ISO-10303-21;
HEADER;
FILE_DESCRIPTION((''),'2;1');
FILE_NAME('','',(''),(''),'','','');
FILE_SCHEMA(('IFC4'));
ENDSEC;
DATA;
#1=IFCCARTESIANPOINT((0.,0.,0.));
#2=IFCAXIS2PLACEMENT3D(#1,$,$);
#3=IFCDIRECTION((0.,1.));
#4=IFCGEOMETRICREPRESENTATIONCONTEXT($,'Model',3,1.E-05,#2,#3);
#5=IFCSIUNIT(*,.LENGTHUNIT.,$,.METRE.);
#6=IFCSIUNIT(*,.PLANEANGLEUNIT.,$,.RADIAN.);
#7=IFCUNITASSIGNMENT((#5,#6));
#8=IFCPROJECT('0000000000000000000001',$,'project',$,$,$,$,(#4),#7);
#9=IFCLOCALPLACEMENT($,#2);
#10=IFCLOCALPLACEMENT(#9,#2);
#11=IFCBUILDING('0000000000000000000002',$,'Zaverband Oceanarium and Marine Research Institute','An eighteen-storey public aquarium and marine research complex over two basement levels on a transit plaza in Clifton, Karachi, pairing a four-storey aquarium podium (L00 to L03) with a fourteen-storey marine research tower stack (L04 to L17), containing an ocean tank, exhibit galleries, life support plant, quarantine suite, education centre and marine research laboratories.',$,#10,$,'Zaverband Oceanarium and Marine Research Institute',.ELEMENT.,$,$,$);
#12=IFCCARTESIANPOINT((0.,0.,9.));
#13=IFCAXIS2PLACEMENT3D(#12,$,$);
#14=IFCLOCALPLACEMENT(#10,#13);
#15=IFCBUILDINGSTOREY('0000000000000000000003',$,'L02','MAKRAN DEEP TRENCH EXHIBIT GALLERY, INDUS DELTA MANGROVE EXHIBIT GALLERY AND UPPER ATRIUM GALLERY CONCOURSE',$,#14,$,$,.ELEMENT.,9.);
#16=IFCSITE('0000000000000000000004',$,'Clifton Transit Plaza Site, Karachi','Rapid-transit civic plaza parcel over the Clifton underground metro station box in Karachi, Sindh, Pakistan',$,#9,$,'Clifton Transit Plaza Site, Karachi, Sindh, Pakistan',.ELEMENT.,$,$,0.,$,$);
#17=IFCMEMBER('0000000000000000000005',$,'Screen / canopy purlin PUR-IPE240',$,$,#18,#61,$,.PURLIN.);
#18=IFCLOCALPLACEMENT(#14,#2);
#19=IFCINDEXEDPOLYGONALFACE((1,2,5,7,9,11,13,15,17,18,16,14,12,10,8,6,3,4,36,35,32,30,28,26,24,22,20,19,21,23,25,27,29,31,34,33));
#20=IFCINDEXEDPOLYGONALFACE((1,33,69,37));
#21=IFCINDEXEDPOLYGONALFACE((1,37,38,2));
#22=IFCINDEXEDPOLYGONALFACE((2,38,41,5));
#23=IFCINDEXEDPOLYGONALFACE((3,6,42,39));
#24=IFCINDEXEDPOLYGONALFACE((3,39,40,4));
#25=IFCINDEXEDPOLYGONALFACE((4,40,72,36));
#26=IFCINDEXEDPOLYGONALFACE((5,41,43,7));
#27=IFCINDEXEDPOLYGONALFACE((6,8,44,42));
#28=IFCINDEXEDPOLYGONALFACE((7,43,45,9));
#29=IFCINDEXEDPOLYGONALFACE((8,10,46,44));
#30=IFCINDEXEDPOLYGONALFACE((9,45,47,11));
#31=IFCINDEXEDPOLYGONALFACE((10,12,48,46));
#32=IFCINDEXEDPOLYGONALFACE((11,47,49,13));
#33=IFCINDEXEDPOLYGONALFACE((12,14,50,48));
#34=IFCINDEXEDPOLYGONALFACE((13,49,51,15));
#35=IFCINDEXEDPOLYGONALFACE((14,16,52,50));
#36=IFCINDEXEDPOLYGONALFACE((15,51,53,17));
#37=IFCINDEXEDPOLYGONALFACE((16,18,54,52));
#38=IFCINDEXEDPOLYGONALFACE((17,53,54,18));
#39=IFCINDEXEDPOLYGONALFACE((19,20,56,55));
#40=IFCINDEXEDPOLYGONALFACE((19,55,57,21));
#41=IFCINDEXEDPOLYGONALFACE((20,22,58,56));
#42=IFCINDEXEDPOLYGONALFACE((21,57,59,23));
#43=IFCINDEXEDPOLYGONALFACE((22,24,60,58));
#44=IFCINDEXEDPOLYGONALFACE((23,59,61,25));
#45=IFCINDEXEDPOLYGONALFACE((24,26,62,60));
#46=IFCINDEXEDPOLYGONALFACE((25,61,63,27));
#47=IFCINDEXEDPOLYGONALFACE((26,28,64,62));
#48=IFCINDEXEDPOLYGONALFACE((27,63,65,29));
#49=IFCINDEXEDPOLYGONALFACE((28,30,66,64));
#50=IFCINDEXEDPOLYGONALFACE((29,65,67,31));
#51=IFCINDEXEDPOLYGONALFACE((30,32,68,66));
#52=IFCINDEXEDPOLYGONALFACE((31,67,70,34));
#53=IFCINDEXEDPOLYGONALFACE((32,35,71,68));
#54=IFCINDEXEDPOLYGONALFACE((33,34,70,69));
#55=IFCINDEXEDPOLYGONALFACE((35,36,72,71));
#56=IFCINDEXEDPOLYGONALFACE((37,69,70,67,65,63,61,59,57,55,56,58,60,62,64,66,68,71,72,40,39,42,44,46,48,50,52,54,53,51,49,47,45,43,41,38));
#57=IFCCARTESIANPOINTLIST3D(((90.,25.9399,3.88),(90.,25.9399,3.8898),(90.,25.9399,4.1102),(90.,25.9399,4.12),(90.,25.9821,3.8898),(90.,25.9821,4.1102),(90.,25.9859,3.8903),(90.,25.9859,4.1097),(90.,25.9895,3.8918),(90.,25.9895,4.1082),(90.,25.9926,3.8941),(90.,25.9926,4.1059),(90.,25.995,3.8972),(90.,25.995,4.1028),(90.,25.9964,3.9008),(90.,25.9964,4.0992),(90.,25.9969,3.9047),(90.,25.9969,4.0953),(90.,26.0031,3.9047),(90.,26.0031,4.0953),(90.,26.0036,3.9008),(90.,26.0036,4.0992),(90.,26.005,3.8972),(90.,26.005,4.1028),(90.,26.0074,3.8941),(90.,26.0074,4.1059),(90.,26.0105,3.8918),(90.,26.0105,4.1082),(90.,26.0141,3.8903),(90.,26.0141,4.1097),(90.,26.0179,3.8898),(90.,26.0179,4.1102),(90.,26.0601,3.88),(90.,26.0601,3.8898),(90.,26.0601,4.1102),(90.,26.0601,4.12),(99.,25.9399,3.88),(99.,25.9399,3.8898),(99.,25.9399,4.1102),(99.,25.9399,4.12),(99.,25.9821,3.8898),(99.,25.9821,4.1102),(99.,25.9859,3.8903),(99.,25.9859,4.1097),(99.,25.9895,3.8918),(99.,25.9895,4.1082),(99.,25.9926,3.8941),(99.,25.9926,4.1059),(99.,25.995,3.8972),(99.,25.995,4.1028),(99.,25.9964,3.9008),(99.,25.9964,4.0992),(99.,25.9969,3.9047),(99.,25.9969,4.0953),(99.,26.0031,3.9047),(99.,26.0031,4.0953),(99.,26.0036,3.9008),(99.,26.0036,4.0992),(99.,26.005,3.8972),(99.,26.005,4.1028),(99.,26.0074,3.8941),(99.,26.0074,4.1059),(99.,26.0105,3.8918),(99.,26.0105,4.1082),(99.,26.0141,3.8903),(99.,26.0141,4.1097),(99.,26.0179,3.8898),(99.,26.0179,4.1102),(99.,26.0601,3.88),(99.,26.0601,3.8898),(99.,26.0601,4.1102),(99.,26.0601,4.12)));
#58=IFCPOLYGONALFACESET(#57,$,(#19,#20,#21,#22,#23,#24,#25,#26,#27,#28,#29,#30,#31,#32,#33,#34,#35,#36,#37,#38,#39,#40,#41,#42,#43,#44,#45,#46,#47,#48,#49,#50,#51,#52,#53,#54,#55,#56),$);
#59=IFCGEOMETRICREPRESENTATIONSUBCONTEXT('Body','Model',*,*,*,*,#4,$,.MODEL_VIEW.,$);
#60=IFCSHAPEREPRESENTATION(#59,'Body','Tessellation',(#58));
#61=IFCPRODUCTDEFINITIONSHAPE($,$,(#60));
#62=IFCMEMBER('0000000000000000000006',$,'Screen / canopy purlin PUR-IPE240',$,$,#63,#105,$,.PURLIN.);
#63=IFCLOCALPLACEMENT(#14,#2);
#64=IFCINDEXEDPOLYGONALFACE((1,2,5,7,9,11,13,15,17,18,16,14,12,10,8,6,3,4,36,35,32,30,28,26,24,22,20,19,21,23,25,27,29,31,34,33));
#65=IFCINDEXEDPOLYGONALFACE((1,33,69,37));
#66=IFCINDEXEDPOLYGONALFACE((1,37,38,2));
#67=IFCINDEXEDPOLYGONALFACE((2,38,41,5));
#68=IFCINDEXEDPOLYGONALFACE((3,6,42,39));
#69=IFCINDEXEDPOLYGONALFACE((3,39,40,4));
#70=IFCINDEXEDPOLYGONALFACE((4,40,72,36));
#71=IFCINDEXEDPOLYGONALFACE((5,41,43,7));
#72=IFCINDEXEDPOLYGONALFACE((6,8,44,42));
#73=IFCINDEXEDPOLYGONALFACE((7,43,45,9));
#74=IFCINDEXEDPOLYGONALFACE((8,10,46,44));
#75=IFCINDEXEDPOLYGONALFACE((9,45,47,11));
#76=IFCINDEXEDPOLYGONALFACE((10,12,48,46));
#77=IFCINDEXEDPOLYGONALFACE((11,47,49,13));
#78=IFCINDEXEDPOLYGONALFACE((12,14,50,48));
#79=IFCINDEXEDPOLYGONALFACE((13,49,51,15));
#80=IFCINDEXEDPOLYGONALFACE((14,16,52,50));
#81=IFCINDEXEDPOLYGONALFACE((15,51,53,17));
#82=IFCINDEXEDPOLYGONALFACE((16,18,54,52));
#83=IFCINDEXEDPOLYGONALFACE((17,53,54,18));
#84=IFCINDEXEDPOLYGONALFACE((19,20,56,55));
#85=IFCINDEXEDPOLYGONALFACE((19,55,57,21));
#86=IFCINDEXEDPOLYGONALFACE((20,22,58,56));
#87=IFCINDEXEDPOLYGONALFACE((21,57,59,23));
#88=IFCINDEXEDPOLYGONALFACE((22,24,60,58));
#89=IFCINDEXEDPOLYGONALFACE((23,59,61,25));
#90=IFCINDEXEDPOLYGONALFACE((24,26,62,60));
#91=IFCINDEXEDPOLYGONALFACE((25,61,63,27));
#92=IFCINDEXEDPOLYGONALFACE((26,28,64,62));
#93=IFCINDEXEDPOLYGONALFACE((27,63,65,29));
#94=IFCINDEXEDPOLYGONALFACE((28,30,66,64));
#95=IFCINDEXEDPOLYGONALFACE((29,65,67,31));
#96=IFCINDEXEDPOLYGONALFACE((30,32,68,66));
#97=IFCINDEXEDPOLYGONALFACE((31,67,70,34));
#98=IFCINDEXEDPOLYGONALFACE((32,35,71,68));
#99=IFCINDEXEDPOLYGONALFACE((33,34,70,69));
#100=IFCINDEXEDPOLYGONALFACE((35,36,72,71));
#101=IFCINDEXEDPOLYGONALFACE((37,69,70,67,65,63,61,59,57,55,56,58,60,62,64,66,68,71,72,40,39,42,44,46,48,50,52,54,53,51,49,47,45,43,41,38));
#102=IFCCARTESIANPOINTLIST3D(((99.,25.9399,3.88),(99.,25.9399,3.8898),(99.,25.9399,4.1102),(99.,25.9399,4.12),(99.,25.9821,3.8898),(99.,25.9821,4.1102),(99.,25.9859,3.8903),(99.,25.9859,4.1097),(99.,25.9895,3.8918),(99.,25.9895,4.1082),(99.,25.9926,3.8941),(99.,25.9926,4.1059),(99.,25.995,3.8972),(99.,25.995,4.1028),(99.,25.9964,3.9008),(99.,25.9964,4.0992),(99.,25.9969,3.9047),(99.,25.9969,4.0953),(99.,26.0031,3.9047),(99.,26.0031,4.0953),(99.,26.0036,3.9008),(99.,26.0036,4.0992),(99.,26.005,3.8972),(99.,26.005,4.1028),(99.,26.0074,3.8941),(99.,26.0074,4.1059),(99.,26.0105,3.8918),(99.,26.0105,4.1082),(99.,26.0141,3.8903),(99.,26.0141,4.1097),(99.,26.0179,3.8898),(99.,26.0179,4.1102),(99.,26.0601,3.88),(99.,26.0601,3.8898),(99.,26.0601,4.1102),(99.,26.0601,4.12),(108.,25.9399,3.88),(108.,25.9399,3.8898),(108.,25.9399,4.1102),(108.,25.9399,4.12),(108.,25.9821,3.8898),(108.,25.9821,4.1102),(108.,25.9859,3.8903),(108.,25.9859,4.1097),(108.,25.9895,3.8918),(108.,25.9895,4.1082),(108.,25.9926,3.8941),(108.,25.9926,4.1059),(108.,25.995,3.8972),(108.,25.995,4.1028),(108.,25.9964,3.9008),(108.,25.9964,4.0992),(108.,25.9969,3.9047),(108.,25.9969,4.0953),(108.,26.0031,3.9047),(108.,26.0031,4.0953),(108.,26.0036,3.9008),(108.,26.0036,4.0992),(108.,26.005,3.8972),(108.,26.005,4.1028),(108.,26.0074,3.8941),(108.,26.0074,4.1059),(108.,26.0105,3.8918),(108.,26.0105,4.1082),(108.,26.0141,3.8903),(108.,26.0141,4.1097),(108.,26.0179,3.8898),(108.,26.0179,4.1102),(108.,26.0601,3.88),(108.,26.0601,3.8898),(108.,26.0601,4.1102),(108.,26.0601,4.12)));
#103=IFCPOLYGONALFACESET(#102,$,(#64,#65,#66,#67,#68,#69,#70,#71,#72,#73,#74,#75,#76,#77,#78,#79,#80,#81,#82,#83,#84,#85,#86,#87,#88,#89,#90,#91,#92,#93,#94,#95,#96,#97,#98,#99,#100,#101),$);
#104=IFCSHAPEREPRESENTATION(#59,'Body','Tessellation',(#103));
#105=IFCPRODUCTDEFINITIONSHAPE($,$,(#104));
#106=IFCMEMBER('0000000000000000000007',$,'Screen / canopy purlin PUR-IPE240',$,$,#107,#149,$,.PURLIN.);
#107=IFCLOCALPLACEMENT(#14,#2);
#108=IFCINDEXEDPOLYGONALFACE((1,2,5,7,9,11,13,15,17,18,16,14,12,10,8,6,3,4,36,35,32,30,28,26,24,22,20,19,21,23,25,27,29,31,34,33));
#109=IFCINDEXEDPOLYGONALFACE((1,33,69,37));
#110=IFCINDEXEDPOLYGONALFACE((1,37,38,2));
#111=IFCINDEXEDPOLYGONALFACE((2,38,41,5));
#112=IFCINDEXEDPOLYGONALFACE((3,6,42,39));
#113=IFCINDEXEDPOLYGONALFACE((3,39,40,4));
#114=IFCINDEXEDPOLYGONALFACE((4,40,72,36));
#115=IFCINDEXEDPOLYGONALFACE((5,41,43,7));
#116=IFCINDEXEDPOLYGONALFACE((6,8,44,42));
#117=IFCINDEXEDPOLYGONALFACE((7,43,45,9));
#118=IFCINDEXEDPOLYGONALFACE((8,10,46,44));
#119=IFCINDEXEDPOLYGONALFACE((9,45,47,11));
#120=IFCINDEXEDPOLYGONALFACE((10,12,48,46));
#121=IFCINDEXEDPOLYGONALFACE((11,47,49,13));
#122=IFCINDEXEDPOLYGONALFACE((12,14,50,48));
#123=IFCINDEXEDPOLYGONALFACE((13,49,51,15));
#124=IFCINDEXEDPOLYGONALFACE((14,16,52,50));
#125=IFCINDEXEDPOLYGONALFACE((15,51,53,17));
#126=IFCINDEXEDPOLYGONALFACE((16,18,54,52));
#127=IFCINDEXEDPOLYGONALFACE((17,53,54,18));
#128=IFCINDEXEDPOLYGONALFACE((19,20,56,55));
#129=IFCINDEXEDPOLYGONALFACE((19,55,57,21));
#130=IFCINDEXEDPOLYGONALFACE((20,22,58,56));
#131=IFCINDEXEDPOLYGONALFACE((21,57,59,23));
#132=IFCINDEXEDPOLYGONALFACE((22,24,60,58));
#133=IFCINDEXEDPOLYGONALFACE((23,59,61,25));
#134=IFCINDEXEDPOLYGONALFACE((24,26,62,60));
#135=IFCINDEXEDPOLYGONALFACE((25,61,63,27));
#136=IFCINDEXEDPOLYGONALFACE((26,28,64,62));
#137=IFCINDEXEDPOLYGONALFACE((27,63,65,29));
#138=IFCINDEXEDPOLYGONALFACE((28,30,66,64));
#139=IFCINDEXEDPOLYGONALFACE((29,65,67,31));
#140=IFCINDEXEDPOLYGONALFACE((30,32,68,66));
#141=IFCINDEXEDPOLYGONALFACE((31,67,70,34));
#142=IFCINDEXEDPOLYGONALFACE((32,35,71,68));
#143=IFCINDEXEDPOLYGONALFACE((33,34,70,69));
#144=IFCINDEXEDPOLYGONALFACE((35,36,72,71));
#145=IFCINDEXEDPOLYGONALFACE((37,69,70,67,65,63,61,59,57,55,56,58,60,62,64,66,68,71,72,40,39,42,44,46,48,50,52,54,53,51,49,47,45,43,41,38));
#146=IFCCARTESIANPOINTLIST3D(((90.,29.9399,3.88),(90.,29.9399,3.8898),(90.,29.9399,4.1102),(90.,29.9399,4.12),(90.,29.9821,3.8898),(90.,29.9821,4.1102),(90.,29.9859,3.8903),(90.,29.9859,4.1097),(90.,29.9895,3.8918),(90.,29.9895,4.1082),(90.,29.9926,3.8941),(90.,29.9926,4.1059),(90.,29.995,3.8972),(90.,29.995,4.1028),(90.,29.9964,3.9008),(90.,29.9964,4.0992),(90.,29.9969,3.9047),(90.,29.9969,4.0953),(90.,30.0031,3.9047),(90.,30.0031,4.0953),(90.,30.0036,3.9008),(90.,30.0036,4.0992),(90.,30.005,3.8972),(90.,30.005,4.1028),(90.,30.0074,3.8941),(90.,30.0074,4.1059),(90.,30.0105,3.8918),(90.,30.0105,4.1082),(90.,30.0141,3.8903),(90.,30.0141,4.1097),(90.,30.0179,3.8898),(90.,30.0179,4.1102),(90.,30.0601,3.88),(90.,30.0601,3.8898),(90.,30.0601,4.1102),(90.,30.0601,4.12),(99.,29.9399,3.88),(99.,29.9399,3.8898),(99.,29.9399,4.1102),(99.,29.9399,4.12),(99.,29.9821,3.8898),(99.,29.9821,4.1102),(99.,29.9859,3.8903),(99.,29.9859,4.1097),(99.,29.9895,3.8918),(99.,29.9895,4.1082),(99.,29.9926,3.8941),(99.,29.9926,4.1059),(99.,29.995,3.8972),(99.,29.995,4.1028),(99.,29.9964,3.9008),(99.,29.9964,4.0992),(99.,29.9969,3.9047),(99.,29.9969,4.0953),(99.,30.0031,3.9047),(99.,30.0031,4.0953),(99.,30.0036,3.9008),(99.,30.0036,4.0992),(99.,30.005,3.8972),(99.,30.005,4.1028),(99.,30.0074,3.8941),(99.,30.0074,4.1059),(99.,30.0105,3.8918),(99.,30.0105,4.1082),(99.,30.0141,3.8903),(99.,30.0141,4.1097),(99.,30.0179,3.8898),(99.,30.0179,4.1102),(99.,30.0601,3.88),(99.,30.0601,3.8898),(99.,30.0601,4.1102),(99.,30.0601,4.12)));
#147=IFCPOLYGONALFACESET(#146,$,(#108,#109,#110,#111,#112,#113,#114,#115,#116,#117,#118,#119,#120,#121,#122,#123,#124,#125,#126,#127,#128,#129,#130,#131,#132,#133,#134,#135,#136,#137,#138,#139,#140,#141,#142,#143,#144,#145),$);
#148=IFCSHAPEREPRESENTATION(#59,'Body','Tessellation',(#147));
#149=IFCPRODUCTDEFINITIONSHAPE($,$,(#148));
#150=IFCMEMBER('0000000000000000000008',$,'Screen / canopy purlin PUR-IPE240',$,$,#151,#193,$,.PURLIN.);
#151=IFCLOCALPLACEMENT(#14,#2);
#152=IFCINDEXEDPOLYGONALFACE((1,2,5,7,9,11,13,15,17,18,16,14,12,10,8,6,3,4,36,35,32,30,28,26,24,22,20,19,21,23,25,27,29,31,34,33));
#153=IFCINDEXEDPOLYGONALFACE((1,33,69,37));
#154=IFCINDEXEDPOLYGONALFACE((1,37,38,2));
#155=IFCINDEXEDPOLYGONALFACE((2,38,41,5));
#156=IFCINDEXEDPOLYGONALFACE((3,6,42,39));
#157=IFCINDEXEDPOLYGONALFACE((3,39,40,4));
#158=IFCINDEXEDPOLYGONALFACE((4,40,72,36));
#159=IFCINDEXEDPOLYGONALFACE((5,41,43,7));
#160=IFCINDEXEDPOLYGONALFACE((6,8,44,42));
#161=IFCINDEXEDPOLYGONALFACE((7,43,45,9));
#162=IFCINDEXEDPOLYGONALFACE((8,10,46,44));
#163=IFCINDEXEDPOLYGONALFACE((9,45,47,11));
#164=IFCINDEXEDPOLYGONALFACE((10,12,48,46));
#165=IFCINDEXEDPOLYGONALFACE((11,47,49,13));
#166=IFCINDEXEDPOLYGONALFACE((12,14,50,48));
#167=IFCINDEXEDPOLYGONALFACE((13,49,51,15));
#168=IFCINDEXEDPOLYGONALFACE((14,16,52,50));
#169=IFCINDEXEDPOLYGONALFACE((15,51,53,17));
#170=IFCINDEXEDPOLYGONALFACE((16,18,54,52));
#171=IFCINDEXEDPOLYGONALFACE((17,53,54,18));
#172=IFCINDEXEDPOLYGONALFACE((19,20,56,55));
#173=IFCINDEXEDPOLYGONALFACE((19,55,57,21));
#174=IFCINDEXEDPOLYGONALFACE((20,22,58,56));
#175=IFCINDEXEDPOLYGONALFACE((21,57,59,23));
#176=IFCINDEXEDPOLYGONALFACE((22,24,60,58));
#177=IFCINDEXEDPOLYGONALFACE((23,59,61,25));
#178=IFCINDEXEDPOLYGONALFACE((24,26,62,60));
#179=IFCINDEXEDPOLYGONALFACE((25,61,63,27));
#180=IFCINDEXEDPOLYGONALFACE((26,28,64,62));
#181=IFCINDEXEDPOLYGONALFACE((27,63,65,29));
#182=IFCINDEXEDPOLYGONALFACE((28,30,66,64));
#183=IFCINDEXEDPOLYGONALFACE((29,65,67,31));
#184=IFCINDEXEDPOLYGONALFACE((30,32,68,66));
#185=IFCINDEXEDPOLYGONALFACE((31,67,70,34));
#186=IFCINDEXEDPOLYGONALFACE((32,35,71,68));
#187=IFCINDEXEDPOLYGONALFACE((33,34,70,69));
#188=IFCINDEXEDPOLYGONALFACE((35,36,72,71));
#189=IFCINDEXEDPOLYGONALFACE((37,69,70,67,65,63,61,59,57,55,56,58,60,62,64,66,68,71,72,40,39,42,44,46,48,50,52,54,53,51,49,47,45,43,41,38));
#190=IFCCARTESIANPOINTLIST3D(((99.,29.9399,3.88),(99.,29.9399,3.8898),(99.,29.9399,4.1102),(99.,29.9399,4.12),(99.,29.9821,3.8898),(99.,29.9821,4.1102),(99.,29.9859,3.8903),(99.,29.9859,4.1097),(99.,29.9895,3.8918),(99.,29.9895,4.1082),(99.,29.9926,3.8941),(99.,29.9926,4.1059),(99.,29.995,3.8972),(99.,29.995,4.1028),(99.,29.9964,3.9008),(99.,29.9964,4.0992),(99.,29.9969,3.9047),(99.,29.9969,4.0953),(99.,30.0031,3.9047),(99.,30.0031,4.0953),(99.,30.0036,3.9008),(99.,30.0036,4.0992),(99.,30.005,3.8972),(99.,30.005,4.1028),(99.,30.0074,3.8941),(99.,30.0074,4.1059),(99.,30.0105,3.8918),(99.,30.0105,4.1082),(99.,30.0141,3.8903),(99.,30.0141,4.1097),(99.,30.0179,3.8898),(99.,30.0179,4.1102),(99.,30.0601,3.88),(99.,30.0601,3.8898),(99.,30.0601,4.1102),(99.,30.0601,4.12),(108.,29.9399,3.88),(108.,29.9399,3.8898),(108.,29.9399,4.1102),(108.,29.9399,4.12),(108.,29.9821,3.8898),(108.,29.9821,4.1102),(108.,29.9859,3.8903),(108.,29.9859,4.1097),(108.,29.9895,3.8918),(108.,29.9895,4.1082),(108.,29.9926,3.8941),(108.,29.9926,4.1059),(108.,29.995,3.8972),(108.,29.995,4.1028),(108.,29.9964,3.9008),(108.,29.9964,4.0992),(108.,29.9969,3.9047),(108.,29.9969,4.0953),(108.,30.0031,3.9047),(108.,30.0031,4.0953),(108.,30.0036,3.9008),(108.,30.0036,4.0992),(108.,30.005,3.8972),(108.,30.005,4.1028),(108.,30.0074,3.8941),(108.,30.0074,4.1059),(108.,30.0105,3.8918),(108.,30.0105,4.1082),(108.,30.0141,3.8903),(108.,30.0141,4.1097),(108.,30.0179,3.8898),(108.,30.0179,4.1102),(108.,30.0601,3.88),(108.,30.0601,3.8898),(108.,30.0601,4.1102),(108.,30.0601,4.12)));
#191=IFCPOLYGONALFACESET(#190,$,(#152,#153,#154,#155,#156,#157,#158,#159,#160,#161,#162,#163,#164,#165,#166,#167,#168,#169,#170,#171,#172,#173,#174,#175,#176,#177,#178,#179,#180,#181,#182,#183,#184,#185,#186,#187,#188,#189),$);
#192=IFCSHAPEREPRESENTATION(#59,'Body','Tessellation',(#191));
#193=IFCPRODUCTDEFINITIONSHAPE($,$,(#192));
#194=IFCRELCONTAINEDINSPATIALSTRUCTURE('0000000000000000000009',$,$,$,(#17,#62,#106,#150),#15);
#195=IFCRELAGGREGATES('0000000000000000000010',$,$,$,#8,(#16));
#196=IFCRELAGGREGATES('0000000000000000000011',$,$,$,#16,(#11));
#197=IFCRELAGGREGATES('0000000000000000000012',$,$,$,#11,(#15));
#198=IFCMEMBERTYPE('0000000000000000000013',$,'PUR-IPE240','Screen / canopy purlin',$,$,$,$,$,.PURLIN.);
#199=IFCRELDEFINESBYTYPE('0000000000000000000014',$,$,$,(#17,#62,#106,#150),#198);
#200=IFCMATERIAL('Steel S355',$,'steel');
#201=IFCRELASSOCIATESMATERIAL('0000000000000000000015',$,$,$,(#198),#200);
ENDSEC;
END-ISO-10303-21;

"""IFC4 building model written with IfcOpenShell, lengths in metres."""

from ifc_helpers import new_model, si_unit, direction, frame, origin, origin_2d, place, context, subcontext, project, spatial, i_section, extrude, material, material_profile, profile_set, type_object, element, save


model = new_model("IFC4")

# Units and contexts
model_context = context("Model", 3, precision=1e-05, world=origin(), true_north=direction((0.0, 1.0)))
body_context = subcontext(model_context, "Body", "Model", "MODEL_VIEW")
ifc_project = project(units=[si_unit("LENGTHUNIT", "METRE"), si_unit("PLANEANGLEUNIT", "RADIAN")], contexts=[model_context])

# Site, building, storey
site_placement = place(None, origin())
site = spatial("IfcSite", under=ifc_project, at=site_placement, Name="Clifton Transit Plaza Site, Karachi", Description="Rapid-transit civic plaza parcel over the Clifton underground metro station box in Karachi, Sindh, Pakistan", LongName="Clifton Transit Plaza Site, Karachi, Sindh, Pakistan", CompositionType="ELEMENT", RefElevation=0.0)
building_placement = place(site_placement, origin())
building = spatial("IfcBuilding", under=site, at=building_placement, Name="Zaverband Oceanarium and Marine Research Institute", Description="An eighteen-storey public aquarium and marine research complex over two basement levels on a transit plaza in Clifton, Karachi, pairing a four-storey aquarium podium (L00 to L03) with a fourteen-storey marine research tower stack (L04 to L17), containing an ocean tank, exhibit galleries, life support plant, quarantine suite, education centre and marine research laboratories.", LongName="Zaverband Oceanarium and Marine Research Institute", CompositionType="ELEMENT")
storey_placement = place(building_placement, frame((0.0, 0.0, 9.0)))
storey = spatial("IfcBuildingStorey", under=building, at=storey_placement, Name="L02", Description="MAKRAN DEEP TRENCH EXHIBIT GALLERY, INDUS DELTA MANGROVE EXHIBIT GALLERY AND UPPER ATRIUM GALLERY CONCOURSE", CompositionType="ELEMENT", Elevation=9.0)

# Shared definitions
ifc_material_1 = material(Name="Steel S355", Category="steel")

# Members
ifc_material_profile_1 = material_profile(ifc_material_1, i_section(OverallWidth=0.1201, OverallDepth=0.24, WebThickness=0.0061, FlangeThickness=0.0098, FilletRadius=0.0149, at=origin_2d()), Name="IPE240")
ifc_profile_set_1 = profile_set([ifc_material_profile_1], Name="Steel S355")
member_type_1 = type_object("IfcMemberType", Name="PUR-IPE240", Description="Screen / canopy purlin", PredefinedType="PURLIN", material=ifc_profile_set_1)
for number, where, z_axis, x_axis, name in (
    (1, (90.0, 26.0, 4.0), (1.0, 0.0, 0.0), (0.0, 1.0, 0.0), "Screen / canopy purlin PUR-IPE240"),
    (2, (99.0, 26.0, 4.0), (1.0, 0.0, 0.0), (0.0, 1.0, 0.0), "Screen / canopy purlin PUR-IPE240"),
    (3, (90.0, 30.0, 4.0), (1.0, 0.0, 0.0), (0.0, 1.0, 0.0), "Screen / canopy purlin PUR-IPE240"),
    (4, (99.0, 30.0, 4.0), (1.0, 0.0, 0.0), (0.0, 1.0, 0.0), "Screen / canopy purlin PUR-IPE240"),
):
    element("IfcMember", number, at=place(storey_placement, frame(where, z_axis=z_axis, x_axis=x_axis)), inside=storey, type_object=member_type_1, Name=name, PredefinedType="PURLIN", context=body_context, shape_type="SweptSolid", body=[
        extrude(i_section(OverallWidth=0.1201, OverallDepth=0.24, WebThickness=0.0061, FlangeThickness=0.0098, FilletRadius=0.0149, at=origin_2d()), origin(), (0.0, 0.0, 1.0), 9.0),
    ])

save(model, "model.ifc")
